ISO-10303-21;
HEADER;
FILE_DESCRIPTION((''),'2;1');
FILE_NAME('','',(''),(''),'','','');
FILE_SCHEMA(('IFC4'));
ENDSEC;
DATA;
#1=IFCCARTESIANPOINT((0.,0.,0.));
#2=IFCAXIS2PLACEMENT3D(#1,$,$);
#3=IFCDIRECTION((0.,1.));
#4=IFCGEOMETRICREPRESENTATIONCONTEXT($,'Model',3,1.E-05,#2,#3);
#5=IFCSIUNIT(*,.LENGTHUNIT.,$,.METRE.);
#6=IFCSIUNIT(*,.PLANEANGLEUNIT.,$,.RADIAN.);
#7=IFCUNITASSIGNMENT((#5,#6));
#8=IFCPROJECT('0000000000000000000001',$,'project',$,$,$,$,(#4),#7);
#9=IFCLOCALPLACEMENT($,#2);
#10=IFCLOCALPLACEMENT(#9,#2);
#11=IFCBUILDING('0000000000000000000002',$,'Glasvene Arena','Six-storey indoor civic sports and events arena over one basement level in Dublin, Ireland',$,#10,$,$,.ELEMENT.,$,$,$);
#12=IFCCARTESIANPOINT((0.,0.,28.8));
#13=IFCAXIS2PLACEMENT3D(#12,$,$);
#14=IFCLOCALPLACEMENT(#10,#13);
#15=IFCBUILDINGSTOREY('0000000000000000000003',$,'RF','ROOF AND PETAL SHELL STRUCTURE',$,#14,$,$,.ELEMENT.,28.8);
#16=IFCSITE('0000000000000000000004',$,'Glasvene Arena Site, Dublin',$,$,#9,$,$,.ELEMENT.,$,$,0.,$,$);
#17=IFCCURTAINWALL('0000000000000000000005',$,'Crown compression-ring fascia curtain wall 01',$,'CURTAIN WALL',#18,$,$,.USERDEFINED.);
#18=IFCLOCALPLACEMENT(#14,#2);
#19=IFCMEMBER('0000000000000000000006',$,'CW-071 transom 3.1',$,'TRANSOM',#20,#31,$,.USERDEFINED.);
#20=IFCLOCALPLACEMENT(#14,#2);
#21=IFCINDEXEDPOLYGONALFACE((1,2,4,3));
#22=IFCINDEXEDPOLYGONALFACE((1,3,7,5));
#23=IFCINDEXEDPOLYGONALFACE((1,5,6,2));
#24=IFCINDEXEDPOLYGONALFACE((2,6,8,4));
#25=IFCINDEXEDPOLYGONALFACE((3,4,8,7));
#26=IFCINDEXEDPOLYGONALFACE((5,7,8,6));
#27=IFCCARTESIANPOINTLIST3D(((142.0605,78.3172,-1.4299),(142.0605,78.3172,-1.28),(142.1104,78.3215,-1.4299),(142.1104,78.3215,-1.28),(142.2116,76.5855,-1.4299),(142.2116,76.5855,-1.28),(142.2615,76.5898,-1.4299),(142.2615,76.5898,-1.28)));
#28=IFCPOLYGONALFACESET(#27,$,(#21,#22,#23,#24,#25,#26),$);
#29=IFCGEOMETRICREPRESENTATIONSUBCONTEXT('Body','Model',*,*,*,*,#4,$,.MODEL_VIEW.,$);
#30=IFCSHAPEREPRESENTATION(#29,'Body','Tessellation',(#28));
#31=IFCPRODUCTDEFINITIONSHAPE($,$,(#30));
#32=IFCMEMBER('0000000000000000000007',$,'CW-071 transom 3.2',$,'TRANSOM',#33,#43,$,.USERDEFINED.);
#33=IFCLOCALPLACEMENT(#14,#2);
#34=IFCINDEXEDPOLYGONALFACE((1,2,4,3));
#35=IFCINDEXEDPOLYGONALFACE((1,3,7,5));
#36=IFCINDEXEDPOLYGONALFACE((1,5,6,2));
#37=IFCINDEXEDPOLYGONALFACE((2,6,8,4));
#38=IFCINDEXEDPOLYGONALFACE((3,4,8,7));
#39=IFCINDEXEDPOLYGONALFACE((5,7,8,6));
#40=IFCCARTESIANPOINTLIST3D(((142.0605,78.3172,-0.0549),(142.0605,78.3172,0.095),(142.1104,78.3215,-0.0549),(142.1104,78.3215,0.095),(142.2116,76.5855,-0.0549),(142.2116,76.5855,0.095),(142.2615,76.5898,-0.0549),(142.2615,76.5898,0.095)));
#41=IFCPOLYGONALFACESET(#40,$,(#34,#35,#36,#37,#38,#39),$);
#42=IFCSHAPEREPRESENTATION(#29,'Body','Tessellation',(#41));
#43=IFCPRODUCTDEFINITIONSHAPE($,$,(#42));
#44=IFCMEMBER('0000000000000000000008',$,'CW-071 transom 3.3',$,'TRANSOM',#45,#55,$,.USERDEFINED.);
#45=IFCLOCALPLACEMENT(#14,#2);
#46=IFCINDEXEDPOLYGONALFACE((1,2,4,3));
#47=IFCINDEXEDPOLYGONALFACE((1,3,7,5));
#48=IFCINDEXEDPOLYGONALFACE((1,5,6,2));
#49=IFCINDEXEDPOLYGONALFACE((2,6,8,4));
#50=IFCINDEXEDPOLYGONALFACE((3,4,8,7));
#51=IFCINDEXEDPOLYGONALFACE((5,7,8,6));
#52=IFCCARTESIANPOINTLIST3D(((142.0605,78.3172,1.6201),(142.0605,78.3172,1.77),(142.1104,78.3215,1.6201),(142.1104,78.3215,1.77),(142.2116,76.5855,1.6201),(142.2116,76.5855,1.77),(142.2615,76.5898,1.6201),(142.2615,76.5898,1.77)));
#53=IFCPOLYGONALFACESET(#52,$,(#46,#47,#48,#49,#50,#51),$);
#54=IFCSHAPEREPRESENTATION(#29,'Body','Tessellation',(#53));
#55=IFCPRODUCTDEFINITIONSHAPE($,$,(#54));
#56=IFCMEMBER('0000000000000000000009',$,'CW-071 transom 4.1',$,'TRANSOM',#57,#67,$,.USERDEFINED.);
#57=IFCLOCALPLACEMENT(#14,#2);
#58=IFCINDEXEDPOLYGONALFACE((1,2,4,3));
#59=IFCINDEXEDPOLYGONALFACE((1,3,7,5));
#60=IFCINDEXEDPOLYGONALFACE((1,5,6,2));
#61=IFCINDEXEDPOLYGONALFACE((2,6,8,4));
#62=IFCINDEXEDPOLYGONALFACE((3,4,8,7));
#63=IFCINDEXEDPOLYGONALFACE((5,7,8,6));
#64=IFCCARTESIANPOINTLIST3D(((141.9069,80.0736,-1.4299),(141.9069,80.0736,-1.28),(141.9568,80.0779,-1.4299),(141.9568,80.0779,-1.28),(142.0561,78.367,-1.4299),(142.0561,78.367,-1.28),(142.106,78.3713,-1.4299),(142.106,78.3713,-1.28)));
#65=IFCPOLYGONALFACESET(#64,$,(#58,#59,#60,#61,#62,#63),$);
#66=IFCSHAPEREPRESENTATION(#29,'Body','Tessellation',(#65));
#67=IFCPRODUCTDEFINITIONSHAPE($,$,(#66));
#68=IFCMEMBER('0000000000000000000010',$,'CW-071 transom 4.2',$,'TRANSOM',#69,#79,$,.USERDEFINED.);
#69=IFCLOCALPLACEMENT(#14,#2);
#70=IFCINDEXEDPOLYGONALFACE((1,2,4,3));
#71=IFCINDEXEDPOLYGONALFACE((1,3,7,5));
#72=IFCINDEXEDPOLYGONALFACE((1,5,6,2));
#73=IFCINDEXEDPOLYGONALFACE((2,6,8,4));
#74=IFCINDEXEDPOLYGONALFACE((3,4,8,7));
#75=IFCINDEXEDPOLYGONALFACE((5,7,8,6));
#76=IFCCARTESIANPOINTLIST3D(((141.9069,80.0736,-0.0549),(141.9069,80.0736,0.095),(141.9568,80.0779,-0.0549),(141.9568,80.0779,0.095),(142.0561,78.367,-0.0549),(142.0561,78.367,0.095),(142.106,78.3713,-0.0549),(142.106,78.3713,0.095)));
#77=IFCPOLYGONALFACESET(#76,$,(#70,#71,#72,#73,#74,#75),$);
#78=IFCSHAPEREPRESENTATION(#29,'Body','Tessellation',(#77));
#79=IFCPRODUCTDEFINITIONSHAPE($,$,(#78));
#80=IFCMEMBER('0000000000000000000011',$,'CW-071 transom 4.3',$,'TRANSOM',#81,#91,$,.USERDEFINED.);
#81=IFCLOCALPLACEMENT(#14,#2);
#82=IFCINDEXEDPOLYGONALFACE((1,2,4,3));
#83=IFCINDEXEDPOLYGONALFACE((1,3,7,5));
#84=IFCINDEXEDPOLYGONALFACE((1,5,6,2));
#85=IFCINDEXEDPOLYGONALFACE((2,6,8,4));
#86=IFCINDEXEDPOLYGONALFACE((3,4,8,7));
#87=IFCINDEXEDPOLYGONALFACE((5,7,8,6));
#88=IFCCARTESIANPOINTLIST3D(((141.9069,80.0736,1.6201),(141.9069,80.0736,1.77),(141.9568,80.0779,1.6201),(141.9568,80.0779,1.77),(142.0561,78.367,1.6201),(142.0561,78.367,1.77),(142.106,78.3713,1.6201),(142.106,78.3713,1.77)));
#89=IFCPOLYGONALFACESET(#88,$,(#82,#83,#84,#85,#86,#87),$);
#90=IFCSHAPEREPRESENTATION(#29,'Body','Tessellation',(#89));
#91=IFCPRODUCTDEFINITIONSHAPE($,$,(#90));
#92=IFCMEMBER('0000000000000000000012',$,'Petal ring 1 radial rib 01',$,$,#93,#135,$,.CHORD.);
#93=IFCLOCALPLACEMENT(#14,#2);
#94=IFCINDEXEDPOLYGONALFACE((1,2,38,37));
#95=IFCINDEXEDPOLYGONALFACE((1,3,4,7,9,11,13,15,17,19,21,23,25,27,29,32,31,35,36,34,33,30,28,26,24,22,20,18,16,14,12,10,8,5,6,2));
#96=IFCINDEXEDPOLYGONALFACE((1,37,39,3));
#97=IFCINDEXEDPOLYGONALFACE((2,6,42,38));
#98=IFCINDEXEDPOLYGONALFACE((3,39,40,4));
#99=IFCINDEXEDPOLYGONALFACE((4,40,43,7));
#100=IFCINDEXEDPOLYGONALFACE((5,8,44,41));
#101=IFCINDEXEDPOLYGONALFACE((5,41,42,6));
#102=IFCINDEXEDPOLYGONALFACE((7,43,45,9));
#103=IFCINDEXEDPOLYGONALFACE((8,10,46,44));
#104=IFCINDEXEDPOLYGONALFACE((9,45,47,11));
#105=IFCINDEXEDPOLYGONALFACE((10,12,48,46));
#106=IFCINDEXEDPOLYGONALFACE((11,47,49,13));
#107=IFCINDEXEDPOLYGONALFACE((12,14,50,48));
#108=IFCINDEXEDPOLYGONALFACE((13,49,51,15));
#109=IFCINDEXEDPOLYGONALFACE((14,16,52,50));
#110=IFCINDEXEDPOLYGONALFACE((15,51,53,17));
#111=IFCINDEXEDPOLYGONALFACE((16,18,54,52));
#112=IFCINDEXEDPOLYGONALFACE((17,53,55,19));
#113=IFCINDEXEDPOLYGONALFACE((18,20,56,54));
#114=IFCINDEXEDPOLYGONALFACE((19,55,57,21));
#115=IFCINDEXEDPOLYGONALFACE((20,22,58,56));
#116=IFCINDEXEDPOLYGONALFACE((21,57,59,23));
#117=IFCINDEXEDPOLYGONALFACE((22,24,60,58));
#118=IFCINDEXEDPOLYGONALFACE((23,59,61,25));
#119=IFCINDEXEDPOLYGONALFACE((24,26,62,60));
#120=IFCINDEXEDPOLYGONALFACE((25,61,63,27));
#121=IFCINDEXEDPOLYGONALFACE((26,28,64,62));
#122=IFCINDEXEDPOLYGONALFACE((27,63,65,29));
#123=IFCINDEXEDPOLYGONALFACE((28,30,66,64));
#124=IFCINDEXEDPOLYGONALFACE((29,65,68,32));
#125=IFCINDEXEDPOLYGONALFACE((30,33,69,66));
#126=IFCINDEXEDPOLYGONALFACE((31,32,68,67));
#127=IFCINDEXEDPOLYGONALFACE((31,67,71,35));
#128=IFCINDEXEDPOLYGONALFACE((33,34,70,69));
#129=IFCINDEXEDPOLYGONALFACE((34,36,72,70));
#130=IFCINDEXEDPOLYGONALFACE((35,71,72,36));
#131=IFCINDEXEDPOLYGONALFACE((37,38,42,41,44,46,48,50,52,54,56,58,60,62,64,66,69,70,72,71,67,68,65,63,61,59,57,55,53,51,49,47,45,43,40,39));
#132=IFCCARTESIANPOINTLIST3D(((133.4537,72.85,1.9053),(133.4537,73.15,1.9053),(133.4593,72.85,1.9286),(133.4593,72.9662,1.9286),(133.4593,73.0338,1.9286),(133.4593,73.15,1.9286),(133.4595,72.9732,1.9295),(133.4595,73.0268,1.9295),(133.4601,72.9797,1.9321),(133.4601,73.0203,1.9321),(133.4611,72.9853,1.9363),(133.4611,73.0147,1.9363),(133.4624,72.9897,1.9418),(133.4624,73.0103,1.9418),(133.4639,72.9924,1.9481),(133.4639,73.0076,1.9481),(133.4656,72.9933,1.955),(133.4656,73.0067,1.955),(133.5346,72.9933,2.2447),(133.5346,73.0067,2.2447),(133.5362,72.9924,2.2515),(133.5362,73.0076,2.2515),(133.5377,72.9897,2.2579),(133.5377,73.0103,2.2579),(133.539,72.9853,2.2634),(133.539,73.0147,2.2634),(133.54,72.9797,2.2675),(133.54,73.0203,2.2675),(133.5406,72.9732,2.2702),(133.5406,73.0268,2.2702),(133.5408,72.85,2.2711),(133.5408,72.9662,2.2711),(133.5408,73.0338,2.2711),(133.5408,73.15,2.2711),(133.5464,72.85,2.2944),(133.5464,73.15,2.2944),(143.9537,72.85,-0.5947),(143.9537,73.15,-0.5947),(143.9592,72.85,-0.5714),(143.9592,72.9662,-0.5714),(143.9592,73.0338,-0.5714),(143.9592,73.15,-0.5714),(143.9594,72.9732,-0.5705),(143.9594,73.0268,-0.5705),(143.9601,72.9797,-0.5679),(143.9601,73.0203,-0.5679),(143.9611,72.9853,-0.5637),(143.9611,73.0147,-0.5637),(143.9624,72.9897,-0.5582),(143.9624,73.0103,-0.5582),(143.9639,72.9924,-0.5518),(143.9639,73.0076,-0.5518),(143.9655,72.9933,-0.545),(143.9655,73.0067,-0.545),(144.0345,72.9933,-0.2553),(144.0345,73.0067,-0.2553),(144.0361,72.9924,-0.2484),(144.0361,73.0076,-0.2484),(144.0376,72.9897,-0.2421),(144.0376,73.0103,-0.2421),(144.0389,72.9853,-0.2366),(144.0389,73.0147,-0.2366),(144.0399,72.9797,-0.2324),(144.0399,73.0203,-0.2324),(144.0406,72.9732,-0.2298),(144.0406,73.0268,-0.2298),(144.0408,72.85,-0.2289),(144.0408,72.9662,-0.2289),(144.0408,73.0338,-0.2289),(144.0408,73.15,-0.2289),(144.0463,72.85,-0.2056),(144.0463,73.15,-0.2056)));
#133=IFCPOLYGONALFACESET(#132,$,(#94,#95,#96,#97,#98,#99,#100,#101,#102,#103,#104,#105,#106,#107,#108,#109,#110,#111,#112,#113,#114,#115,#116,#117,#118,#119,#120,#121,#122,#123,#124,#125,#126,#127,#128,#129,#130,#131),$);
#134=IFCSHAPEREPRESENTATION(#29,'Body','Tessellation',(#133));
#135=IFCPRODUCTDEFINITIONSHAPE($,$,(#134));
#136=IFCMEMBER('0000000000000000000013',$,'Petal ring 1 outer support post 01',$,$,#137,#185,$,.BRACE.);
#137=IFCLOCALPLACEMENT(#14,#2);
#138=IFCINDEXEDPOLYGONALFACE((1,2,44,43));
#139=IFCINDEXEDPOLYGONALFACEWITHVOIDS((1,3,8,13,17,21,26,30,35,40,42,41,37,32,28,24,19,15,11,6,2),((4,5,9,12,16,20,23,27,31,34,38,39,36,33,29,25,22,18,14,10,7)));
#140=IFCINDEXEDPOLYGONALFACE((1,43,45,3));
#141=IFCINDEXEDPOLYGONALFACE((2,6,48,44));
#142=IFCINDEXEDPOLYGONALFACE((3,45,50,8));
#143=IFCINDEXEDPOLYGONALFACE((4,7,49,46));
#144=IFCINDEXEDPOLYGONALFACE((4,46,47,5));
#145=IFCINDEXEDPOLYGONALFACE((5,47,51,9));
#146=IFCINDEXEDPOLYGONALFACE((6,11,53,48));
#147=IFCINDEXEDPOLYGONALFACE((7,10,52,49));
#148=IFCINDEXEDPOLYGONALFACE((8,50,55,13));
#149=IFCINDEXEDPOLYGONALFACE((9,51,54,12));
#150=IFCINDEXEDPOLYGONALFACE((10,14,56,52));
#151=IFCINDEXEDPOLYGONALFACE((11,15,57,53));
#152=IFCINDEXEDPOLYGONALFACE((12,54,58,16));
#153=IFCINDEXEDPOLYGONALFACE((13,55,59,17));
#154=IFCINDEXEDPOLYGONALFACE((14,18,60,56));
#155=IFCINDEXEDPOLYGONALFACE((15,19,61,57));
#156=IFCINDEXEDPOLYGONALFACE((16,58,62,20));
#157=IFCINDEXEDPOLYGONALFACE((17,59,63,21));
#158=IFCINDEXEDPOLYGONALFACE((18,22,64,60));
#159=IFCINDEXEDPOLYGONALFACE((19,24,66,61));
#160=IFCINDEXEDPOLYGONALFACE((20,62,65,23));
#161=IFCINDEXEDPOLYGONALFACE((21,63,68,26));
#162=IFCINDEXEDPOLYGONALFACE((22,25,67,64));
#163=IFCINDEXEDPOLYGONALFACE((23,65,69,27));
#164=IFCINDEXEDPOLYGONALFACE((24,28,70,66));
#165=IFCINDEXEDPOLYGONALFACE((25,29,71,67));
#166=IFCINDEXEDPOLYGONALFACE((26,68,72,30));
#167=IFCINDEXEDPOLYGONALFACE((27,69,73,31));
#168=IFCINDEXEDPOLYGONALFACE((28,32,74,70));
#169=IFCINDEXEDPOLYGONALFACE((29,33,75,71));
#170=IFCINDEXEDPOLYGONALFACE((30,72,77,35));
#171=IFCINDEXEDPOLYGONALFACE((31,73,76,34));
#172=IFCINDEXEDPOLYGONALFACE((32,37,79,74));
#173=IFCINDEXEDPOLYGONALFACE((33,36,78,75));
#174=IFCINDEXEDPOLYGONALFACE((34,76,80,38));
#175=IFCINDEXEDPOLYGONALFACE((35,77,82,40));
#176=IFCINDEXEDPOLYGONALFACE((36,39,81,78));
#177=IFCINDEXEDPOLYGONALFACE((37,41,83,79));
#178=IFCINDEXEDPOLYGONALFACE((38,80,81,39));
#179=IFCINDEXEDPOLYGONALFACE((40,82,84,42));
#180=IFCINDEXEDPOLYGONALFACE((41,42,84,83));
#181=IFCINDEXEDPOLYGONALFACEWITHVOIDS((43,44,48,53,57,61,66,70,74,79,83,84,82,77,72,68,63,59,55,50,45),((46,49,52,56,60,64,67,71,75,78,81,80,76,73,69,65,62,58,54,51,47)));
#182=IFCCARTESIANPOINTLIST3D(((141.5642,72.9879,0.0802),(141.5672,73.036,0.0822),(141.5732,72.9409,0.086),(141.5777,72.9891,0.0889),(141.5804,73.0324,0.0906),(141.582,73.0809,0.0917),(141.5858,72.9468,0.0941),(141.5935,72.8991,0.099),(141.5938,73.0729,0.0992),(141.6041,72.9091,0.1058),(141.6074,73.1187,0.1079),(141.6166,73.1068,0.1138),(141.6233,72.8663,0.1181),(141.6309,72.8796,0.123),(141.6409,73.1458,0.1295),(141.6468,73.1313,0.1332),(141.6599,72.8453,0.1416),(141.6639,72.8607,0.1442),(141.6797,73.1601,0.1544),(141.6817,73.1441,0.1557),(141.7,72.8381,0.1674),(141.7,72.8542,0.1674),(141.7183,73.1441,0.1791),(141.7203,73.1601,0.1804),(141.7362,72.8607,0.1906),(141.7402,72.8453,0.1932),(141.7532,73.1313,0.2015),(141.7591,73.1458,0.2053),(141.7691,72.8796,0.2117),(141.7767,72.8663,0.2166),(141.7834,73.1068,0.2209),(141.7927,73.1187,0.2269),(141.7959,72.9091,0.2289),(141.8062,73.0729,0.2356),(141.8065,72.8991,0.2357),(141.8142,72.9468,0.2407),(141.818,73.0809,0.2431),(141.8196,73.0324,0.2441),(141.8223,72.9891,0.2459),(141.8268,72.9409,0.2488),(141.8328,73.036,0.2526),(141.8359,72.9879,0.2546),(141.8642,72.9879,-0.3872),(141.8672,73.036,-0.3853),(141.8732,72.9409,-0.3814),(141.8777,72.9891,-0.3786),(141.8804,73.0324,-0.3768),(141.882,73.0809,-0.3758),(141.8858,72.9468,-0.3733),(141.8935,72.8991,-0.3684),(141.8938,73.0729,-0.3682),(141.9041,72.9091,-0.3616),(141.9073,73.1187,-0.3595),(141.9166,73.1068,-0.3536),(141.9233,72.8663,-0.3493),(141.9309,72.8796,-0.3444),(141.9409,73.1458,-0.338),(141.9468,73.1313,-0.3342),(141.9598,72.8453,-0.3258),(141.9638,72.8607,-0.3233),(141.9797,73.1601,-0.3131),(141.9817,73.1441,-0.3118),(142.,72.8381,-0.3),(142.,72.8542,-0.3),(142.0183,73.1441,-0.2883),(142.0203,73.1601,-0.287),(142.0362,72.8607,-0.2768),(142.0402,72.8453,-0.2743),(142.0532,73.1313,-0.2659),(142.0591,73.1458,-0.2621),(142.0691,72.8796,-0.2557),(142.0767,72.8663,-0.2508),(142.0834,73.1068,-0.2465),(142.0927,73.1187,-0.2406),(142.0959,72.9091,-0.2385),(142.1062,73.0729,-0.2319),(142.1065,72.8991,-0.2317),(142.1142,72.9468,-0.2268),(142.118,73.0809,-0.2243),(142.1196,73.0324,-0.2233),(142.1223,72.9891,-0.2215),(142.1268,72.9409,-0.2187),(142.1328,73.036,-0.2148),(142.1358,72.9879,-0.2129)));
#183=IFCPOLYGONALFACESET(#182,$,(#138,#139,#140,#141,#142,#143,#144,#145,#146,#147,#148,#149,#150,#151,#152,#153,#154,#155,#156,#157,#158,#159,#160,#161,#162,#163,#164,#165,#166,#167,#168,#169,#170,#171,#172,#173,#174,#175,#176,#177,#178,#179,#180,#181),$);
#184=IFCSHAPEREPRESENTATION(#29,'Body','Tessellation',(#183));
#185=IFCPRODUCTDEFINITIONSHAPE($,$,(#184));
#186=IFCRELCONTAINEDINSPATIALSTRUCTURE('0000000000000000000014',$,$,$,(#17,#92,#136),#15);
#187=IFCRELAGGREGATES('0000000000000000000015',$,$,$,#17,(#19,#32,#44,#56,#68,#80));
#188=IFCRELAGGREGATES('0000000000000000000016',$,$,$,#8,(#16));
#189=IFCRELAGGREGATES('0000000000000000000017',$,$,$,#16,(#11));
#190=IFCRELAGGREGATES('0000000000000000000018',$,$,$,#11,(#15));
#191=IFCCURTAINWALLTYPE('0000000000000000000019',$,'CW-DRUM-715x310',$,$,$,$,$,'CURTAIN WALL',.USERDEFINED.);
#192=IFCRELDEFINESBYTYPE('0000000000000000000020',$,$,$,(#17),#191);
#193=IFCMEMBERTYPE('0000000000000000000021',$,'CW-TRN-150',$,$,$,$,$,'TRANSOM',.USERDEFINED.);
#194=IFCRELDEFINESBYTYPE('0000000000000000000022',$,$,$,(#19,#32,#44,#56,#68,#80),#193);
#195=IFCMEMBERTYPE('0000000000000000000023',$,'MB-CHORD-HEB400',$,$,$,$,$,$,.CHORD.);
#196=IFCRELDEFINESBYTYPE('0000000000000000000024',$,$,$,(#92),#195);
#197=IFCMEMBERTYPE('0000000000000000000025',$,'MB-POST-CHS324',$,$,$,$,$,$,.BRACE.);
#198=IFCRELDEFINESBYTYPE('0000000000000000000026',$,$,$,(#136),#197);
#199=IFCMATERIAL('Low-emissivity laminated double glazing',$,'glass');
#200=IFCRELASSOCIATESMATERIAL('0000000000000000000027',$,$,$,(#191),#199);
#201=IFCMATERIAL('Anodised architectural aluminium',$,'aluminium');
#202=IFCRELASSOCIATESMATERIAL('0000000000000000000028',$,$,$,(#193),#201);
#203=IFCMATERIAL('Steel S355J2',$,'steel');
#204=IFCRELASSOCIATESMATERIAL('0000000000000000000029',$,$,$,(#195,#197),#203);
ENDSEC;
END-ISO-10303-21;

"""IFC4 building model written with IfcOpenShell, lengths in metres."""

from ifc_helpers import new_model, si_unit, direction, frame, origin, origin_2d, place, context, subcontext, project, spatial, rectangle, hollow_circle, i_section, extrude, material, material_profile, profile_set, type_object, element, aggregate, save


model = new_model("IFC4")

# Units and contexts
model_context = context("Model", 3, precision=1e-05, world=origin(), true_north=direction((0.0, 1.0)))
body_context = subcontext(model_context, "Body", "Model", "MODEL_VIEW")
ifc_project = project(units=[si_unit("LENGTHUNIT", "METRE"), si_unit("PLANEANGLEUNIT", "RADIAN")], contexts=[model_context])

# Site, building, storey
site_placement = place(None, origin())
site = spatial("IfcSite", under=ifc_project, at=site_placement, Name="Glasvene Arena Site, Dublin", CompositionType="ELEMENT", RefElevation=0.0)
building_placement = place(site_placement, origin())
building = spatial("IfcBuilding", under=site, at=building_placement, Name="Glasvene Arena", Description="Six-storey indoor civic sports and events arena over one basement level in Dublin, Ireland", CompositionType="ELEMENT")
storey_placement = place(building_placement, frame((0.0, 0.0, 28.8)))
storey = spatial("IfcBuildingStorey", under=building, at=storey_placement, Name="RF", Description="ROOF AND PETAL SHELL STRUCTURE", CompositionType="ELEMENT", Elevation=28.8)

# Shared definitions
ifc_material_1 = material(Name="Steel S355J2", Category="steel")

# Curtain wall
ifc_material_2 = material(Name="Low-emissivity laminated double glazing", Category="glass")
curtain_wall_type_1 = type_object("IfcCurtainWallType", Name="CW-DRUM-715x310", ElementType="CURTAIN WALL", PredefinedType="USERDEFINED", material=ifc_material_2)
curtain_wall_1_placement = place(storey_placement, frame((142.55, 73.0, 0.0)))
curtain_wall_1 = element("IfcCurtainWall", 1, at=curtain_wall_1_placement, inside=storey, type_object=curtain_wall_type_1, Name="Crown compression-ring fascia curtain wall 01", ObjectType="CURTAIN WALL", PredefinedType="USERDEFINED")
ifc_material_3 = material(Name="Anodised architectural aluminium", Category="aluminium")

# Members
ifc_material_profile_1 = material_profile(ifc_material_3, rectangle(XDim=0.05, YDim=0.1499, at=origin_2d()), Name="ALU TRANSOM 50x150")
ifc_profile_set_1 = profile_set([ifc_material_profile_1], Name="Anodised architectural aluminium")
member_type_1 = type_object("IfcMemberType", Name="CW-TRN-150", ElementType="TRANSOM", PredefinedType="USERDEFINED", material=ifc_profile_set_1)
member_1_placement = place(storey_placement, frame((142.2366, 76.5876, -1.355), z_axis=(-0.086939, 0.996214, 0.0), x_axis=(-0.996214, -0.086939, 0.0)))
member_1 = element("IfcMember", 2, at=member_1_placement, type_object=member_type_1, Name="CW-071 transom 3.1", ObjectType="TRANSOM", PredefinedType="USERDEFINED", context=body_context, shape_type="SweptSolid", body=[
    extrude(rectangle(XDim=0.05, YDim=0.1499, at=origin_2d()), origin(), (0.0, 0.0, 1.0), 1.7383),
])
member_2_placement = place(storey_placement, frame((142.2366, 76.5876, 0.02), z_axis=(-0.086939, 0.996214, 0.0), x_axis=(-0.996214, -0.086939, 0.0)))
member_2 = element("IfcMember", 3, at=member_2_placement, type_object=member_type_1, Name="CW-071 transom 3.2", ObjectType="TRANSOM", PredefinedType="USERDEFINED", context=body_context, shape_type="SweptSolid", body=[
    extrude(rectangle(XDim=0.05, YDim=0.1499, at=origin_2d()), origin(), (0.0, 0.0, 1.0), 1.7383),
])
member_3_placement = place(storey_placement, frame((142.2366, 76.5876, 1.6951), z_axis=(-0.086939, 0.996214, 0.0), x_axis=(-0.996214, -0.086939, 0.0)))
member_3 = element("IfcMember", 4, at=member_3_placement, type_object=member_type_1, Name="CW-071 transom 3.3", ObjectType="TRANSOM", PredefinedType="USERDEFINED", context=body_context, shape_type="SweptSolid", body=[
    extrude(rectangle(XDim=0.05, YDim=0.1499, at=origin_2d()), origin(), (0.0, 0.0, 1.0), 1.7383),
])
member_4_placement = place(storey_placement, frame((142.0811, 78.3691, -1.355), z_axis=(-0.087079, 0.996201, 0.0), x_axis=(-0.996201, -0.087079, 0.0)))
member_4 = element("IfcMember", 5, at=member_4_placement, type_object=member_type_1, Name="CW-071 transom 4.1", ObjectType="TRANSOM", PredefinedType="USERDEFINED", context=body_context, shape_type="SweptSolid", body=[
    extrude(rectangle(XDim=0.05, YDim=0.1499, at=origin_2d()), origin(), (0.0, 0.0, 1.0), 1.7131),
])
member_5_placement = place(storey_placement, frame((142.0811, 78.3691, 0.02), z_axis=(-0.087079, 0.996201, 0.0), x_axis=(-0.996201, -0.087079, 0.0)))
member_5 = element("IfcMember", 6, at=member_5_placement, type_object=member_type_1, Name="CW-071 transom 4.2", ObjectType="TRANSOM", PredefinedType="USERDEFINED", context=body_context, shape_type="SweptSolid", body=[
    extrude(rectangle(XDim=0.05, YDim=0.1499, at=origin_2d()), origin(), (0.0, 0.0, 1.0), 1.7131),
])
member_6_placement = place(storey_placement, frame((142.0811, 78.3691, 1.6951), z_axis=(-0.087079, 0.996201, 0.0), x_axis=(-0.996201, -0.087079, 0.0)))
member_6 = element("IfcMember", 7, at=member_6_placement, type_object=member_type_1, Name="CW-071 transom 4.3", ObjectType="TRANSOM", PredefinedType="USERDEFINED", context=body_context, shape_type="SweptSolid", body=[
    extrude(rectangle(XDim=0.05, YDim=0.1499, at=origin_2d()), origin(), (0.0, 0.0, 1.0), 1.7131),
])

# Members
ifc_material_profile_2 = material_profile(ifc_material_1, i_section(OverallWidth=0.3, OverallDepth=0.3999, WebThickness=0.0134, FlangeThickness=0.0239, FilletRadius=0.0271, at=origin_2d()), Name="HEB 400")
ifc_profile_set_2 = profile_set([ifc_material_profile_2], Name="Steel S355J2")
member_type_2 = type_object("IfcMemberType", Name="MB-CHORD-HEB400", PredefinedType="CHORD", material=ifc_profile_set_2)
member_7_placement = place(storey_placement, frame((144.0, 73.0, -0.4001), z_axis=(-0.972806, 0.0, 0.231621), x_axis=(0.0, -1.0, 0.0)))
element("IfcMember", 8, at=member_7_placement, inside=storey, type_object=member_type_2, Name="Petal ring 1 radial rib 01", PredefinedType="CHORD", context=body_context, shape_type="SweptSolid", body=[
    extrude(i_section(OverallWidth=0.3, OverallDepth=0.3999, WebThickness=0.0134, FlangeThickness=0.0239, FilletRadius=0.0271, at=origin_2d()), origin(), (0.0, 0.0, 1.0), 10.7935),
])
ifc_material_profile_3 = material_profile(ifc_material_1, hollow_circle(Radius=0.1619, WallThickness=0.0161, at=origin_2d()), Name="CHS 323.9x16.0")
ifc_profile_set_3 = profile_set([ifc_material_profile_3], Name="Steel S355J2")
member_type_3 = type_object("IfcMemberType", Name="MB-POST-CHS324", PredefinedType="BRACE", material=ifc_profile_set_3)
member_8_placement = place(storey_placement, frame((142.0, 73.0, -0.3), z_axis=(-0.540113, 0.0, 0.841592), x_axis=(0.0, -1.0, 0.0)))
element("IfcMember", 9, at=member_8_placement, inside=storey, type_object=member_type_3, Name="Petal ring 1 outer support post 01", PredefinedType="BRACE", context=body_context, shape_type="SweptSolid", body=[
    extrude(hollow_circle(Radius=0.1619, WallThickness=0.0161, at=origin_2d()), origin(), (0.0, 0.0, 1.0), 0.5554),
])

aggregate(curtain_wall_1, [member_1, member_2, member_3, member_4, member_5, member_6])

save(model, "model.ifc")
